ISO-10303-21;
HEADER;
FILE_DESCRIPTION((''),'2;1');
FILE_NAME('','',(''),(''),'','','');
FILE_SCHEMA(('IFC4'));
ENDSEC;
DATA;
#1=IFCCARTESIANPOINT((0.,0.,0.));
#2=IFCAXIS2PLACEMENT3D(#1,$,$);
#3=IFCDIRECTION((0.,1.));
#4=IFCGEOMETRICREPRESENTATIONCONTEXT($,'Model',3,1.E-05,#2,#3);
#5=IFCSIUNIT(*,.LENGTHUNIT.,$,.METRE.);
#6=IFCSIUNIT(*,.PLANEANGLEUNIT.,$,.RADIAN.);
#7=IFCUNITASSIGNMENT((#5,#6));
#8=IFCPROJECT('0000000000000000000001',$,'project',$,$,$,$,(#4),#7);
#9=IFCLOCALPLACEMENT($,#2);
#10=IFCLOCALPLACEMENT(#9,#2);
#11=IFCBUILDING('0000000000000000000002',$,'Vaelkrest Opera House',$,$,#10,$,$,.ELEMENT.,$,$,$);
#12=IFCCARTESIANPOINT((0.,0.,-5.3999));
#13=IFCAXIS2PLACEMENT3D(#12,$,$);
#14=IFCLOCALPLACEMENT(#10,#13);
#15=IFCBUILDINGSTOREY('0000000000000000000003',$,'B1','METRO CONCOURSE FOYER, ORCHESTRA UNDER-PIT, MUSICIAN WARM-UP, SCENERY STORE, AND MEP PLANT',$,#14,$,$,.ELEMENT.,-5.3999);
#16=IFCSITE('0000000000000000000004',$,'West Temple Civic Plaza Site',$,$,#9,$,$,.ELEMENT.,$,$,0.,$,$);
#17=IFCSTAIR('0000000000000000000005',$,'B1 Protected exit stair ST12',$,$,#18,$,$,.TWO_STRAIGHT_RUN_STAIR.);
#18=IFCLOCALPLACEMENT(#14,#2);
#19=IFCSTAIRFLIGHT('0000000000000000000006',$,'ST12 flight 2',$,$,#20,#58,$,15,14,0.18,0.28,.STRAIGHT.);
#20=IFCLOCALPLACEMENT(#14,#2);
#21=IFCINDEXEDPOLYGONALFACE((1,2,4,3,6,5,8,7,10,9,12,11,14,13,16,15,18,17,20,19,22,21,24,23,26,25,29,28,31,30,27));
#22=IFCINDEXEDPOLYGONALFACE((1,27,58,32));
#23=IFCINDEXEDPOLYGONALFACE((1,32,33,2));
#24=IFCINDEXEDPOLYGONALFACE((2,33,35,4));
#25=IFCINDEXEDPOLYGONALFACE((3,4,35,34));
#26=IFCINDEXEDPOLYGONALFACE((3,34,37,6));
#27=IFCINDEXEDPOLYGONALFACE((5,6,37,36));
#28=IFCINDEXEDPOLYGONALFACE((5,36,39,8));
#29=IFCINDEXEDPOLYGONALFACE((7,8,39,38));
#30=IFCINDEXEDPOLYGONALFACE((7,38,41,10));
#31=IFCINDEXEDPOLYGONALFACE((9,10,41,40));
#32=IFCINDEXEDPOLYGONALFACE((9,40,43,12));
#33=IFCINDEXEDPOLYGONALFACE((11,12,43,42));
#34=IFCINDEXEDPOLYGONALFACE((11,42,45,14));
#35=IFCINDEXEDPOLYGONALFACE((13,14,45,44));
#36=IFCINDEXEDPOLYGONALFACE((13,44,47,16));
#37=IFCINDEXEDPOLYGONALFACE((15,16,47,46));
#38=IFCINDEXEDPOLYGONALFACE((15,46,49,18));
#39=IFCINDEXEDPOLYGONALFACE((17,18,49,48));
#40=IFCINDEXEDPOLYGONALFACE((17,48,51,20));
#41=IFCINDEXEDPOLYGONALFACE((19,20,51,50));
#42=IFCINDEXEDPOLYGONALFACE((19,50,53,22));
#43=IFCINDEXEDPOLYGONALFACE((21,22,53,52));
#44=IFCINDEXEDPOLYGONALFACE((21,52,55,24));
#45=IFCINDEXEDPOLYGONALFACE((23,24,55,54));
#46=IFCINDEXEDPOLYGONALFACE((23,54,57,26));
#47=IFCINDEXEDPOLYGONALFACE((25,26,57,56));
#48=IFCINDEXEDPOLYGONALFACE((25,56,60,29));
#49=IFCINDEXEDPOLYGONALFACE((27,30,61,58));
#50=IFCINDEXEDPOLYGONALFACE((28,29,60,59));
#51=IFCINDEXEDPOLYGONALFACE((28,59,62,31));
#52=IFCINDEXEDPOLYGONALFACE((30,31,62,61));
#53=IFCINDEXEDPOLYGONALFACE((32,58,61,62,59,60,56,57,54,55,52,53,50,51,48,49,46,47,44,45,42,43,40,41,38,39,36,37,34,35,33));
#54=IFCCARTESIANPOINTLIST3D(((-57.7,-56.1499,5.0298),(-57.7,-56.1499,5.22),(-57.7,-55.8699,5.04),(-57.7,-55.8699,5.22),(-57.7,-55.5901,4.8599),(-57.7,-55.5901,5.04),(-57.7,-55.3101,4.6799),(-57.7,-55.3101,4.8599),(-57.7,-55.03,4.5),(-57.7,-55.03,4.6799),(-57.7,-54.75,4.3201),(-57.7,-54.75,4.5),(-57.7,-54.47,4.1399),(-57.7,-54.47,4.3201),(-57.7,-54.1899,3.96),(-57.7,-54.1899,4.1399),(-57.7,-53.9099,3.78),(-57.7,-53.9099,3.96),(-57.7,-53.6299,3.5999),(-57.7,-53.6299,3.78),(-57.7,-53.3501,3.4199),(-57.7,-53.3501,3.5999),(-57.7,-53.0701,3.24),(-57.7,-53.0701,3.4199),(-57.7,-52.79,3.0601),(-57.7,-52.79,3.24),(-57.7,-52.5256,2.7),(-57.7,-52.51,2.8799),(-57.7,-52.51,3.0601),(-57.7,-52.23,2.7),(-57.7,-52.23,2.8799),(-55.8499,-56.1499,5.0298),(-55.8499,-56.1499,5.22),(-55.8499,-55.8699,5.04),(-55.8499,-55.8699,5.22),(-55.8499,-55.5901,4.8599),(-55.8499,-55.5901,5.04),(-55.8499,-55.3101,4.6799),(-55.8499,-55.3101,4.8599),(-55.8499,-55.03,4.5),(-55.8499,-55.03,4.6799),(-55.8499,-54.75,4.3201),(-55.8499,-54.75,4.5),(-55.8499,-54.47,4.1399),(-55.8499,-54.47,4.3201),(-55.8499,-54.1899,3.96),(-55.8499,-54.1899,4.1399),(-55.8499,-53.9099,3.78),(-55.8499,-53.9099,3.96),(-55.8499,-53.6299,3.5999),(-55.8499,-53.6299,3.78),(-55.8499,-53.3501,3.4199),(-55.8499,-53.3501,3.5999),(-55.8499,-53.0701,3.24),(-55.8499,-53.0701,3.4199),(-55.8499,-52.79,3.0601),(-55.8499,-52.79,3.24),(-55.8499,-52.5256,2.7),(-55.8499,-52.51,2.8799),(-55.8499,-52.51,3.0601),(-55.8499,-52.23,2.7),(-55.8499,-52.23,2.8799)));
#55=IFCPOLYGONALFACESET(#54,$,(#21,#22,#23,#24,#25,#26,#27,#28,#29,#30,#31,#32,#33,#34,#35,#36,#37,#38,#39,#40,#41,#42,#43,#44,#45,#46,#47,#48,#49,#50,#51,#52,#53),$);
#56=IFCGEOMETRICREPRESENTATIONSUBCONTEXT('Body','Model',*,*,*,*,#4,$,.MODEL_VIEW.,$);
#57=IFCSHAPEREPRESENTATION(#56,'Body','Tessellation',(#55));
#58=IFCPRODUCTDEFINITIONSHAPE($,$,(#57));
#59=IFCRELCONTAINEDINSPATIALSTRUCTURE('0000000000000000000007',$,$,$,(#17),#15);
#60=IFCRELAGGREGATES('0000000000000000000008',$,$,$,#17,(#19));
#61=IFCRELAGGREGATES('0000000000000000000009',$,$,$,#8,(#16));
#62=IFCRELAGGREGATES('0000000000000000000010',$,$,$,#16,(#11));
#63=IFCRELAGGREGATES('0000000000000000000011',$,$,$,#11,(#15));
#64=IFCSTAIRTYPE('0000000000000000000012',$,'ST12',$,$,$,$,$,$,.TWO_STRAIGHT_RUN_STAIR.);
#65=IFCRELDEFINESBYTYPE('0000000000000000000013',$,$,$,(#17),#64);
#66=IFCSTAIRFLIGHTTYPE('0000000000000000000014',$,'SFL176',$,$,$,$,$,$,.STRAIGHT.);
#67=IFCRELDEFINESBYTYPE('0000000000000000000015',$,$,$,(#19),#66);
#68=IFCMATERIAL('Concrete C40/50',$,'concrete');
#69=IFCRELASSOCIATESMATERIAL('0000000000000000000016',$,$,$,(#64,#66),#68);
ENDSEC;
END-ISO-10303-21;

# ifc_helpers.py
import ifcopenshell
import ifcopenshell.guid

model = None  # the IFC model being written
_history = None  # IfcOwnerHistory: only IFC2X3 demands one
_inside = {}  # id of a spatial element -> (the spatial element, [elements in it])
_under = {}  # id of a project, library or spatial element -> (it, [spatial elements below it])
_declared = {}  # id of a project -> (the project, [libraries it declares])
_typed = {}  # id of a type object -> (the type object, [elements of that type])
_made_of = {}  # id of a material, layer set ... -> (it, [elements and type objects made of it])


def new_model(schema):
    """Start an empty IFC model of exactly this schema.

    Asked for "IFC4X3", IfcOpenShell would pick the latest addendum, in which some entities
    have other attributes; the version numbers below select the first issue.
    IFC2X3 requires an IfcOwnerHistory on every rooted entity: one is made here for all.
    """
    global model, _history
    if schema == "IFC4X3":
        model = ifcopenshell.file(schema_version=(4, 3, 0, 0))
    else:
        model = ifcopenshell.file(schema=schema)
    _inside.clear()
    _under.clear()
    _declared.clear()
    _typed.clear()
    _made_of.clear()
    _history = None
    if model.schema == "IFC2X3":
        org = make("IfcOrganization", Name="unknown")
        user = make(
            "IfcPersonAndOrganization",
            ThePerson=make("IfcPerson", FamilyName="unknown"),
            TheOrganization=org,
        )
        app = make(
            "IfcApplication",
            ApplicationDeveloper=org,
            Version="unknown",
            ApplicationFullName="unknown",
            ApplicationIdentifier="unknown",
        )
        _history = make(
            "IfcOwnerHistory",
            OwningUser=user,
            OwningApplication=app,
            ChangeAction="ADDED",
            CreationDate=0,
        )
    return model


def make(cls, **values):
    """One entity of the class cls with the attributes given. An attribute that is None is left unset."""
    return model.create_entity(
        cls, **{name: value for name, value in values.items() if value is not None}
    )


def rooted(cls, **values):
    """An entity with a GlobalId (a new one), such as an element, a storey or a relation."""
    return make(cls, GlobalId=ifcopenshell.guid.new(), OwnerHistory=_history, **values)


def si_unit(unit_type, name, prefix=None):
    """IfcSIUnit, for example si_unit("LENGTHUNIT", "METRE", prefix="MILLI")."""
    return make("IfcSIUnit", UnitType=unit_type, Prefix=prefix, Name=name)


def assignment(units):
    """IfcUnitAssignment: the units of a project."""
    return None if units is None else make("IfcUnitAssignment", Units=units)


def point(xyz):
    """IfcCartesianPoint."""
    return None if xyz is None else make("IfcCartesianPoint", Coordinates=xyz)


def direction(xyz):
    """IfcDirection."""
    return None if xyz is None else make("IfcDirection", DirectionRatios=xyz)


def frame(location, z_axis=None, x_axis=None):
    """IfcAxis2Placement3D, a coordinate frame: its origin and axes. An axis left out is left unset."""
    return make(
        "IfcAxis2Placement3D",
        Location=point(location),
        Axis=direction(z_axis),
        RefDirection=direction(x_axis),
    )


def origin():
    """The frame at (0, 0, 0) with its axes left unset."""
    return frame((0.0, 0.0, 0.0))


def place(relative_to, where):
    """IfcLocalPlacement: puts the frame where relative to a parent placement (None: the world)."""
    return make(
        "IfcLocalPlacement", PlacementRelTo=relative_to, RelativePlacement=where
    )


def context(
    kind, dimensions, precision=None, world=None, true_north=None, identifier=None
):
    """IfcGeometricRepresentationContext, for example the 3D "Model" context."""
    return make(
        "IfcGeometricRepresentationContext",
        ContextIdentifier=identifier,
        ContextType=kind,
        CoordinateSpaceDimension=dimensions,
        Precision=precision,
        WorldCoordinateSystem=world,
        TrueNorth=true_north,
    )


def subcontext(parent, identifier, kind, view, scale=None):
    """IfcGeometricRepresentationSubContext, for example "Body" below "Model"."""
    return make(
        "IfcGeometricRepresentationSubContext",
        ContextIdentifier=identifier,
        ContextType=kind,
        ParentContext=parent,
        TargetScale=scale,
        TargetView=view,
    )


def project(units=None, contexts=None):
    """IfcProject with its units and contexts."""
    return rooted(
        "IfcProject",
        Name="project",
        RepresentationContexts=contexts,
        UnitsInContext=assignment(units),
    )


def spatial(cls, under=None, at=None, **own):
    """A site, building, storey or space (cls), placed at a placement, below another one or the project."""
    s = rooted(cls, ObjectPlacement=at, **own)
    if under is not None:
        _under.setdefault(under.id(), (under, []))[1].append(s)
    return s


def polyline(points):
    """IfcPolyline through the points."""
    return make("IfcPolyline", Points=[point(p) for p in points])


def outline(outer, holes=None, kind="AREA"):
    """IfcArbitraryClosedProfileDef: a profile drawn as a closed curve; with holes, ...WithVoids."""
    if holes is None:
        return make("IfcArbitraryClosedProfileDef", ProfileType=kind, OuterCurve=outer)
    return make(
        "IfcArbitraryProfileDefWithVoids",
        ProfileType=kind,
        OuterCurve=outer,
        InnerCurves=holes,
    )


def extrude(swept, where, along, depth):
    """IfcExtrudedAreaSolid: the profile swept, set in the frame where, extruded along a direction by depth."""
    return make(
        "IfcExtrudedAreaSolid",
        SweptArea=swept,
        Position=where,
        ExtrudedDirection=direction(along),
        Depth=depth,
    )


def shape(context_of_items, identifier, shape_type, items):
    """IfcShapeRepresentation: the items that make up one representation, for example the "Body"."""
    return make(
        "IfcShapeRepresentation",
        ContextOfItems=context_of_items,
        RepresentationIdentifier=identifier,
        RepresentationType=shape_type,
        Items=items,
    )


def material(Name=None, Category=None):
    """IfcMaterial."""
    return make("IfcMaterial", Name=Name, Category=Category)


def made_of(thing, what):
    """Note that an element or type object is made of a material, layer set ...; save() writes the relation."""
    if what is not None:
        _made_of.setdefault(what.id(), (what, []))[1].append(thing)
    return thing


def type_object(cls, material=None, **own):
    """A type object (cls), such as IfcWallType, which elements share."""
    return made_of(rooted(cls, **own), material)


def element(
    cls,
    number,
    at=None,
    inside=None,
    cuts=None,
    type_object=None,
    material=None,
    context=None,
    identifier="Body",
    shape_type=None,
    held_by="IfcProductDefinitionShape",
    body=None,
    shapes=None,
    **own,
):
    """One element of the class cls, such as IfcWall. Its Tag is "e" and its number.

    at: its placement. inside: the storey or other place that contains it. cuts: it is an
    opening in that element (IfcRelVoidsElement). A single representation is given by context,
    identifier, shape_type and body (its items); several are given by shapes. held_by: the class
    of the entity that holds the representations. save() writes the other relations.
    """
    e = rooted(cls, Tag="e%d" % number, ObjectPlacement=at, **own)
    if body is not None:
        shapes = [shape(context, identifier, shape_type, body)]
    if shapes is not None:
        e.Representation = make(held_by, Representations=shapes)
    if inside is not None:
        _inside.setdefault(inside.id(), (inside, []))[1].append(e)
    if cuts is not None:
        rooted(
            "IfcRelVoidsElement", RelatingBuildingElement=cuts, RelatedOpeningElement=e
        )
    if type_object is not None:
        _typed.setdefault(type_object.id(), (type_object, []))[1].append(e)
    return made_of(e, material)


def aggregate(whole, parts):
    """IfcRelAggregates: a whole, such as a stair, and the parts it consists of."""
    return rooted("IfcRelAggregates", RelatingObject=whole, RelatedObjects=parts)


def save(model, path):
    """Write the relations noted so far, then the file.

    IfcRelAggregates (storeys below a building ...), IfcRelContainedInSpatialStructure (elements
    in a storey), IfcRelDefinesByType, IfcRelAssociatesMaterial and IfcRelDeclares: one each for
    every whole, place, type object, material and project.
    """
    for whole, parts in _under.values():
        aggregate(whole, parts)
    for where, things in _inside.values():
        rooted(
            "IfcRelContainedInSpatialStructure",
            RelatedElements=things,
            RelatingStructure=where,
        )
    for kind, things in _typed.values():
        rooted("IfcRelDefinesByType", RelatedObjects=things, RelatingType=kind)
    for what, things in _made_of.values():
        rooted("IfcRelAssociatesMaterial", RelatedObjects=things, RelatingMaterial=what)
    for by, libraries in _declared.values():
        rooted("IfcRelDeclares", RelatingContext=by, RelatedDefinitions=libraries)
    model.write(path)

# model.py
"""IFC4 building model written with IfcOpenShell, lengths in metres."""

from ifc_helpers import new_model, si_unit, direction, frame, origin, place, context, subcontext, project, spatial, polyline, outline, extrude, material, type_object, element, aggregate, save


model = new_model("IFC4")

# Units and contexts
model_context = context("Model", 3, precision=1e-05, world=origin(), true_north=direction((0.0, 1.0)))
body_context = subcontext(model_context, "Body", "Model", "MODEL_VIEW")
ifc_project = project(units=[si_unit("LENGTHUNIT", "METRE"), si_unit("PLANEANGLEUNIT", "RADIAN")], contexts=[model_context])

# Site, building, storey
site_placement = place(None, origin())
site = spatial("IfcSite", under=ifc_project, at=site_placement, Name="West Temple Civic Plaza Site", CompositionType="ELEMENT", RefElevation=0.0)
building_placement = place(site_placement, origin())
building = spatial("IfcBuilding", under=site, at=building_placement, Name="Vaelkrest Opera House", CompositionType="ELEMENT")
storey_placement = place(building_placement, frame((0.0, 0.0, -5.3999)))
storey = spatial("IfcBuildingStorey", under=building, at=storey_placement, Name="B1", Description="METRO CONCOURSE FOYER, ORCHESTRA UNDER-PIT, MUSICIAN WARM-UP, SCENERY STORE, AND MEP PLANT", CompositionType="ELEMENT", Elevation=-5.3999)

# Shared definitions
ifc_material_1 = material(Name="Concrete C40/50", Category="concrete")

# Stair, stair flight
stair_type = type_object("IfcStairType", Name="ST12", PredefinedType="TWO_STRAIGHT_RUN_STAIR", material=ifc_material_1)
stair_placement = place(storey_placement, origin())
stair = element("IfcStair", 1, at=stair_placement, inside=storey, type_object=stair_type, Name="B1 Protected exit stair ST12", PredefinedType="TWO_STRAIGHT_RUN_STAIR")
stair_flight_type = type_object("IfcStairFlightType", Name="SFL176", PredefinedType="STRAIGHT", material=ifc_material_1)
stair_flight_1_placement = place(storey_placement, frame((-56.7749, -52.23, 2.7), z_axis=(0.0, 0.0, 1.0), x_axis=(0.0, -1.0, 0.0)))
stair_flight_1 = element("IfcStairFlight", 2, at=stair_flight_1_placement, type_object=stair_flight_type, Name="ST12 flight 2", NumberOfRisers=15, NumberOfTreads=14, PredefinedType="STRAIGHT", RiserHeight=0.18, TreadLength=0.28, context=body_context, shape_type="SweptSolid", body=[
    extrude(outline(polyline([(0.0, 0.0), (0.0, 0.1799), (0.28, 0.1799), (0.28, 0.3601), (0.5601, 0.3601), (0.5601, 0.54), (0.8401, 0.54), (0.8401, 0.72), (1.1201, 0.72), (1.1201, 0.8999), (1.3999, 0.8999), (1.3999, 1.0801), (1.6799, 1.0801), (1.6799, 1.26), (1.96, 1.26), (1.96, 1.4399), (2.24, 1.4399), (2.24, 1.6201), (2.52, 1.6201), (2.52, 1.8), (2.8, 1.8), (2.8, 1.98), (3.0801, 1.98), (3.0801, 2.1599), (3.3601, 2.1599), (3.3601, 2.3401), (3.6399, 2.3401), (3.6399, 2.52), (3.9199, 2.52), (3.9199, 2.7), (3.9199, 2.3298), (0.2957, 0.0), (0.0, 0.0)])), frame((0.0, 0.925, 0.0), z_axis=(0.0, -1.0, 0.0), x_axis=(1.0, 0.0, 0.0)), (0.0, 0.0, 1.0), 1.8501),
])
aggregate(stair, [stair_flight_1])

save(model, "model.ifc")
